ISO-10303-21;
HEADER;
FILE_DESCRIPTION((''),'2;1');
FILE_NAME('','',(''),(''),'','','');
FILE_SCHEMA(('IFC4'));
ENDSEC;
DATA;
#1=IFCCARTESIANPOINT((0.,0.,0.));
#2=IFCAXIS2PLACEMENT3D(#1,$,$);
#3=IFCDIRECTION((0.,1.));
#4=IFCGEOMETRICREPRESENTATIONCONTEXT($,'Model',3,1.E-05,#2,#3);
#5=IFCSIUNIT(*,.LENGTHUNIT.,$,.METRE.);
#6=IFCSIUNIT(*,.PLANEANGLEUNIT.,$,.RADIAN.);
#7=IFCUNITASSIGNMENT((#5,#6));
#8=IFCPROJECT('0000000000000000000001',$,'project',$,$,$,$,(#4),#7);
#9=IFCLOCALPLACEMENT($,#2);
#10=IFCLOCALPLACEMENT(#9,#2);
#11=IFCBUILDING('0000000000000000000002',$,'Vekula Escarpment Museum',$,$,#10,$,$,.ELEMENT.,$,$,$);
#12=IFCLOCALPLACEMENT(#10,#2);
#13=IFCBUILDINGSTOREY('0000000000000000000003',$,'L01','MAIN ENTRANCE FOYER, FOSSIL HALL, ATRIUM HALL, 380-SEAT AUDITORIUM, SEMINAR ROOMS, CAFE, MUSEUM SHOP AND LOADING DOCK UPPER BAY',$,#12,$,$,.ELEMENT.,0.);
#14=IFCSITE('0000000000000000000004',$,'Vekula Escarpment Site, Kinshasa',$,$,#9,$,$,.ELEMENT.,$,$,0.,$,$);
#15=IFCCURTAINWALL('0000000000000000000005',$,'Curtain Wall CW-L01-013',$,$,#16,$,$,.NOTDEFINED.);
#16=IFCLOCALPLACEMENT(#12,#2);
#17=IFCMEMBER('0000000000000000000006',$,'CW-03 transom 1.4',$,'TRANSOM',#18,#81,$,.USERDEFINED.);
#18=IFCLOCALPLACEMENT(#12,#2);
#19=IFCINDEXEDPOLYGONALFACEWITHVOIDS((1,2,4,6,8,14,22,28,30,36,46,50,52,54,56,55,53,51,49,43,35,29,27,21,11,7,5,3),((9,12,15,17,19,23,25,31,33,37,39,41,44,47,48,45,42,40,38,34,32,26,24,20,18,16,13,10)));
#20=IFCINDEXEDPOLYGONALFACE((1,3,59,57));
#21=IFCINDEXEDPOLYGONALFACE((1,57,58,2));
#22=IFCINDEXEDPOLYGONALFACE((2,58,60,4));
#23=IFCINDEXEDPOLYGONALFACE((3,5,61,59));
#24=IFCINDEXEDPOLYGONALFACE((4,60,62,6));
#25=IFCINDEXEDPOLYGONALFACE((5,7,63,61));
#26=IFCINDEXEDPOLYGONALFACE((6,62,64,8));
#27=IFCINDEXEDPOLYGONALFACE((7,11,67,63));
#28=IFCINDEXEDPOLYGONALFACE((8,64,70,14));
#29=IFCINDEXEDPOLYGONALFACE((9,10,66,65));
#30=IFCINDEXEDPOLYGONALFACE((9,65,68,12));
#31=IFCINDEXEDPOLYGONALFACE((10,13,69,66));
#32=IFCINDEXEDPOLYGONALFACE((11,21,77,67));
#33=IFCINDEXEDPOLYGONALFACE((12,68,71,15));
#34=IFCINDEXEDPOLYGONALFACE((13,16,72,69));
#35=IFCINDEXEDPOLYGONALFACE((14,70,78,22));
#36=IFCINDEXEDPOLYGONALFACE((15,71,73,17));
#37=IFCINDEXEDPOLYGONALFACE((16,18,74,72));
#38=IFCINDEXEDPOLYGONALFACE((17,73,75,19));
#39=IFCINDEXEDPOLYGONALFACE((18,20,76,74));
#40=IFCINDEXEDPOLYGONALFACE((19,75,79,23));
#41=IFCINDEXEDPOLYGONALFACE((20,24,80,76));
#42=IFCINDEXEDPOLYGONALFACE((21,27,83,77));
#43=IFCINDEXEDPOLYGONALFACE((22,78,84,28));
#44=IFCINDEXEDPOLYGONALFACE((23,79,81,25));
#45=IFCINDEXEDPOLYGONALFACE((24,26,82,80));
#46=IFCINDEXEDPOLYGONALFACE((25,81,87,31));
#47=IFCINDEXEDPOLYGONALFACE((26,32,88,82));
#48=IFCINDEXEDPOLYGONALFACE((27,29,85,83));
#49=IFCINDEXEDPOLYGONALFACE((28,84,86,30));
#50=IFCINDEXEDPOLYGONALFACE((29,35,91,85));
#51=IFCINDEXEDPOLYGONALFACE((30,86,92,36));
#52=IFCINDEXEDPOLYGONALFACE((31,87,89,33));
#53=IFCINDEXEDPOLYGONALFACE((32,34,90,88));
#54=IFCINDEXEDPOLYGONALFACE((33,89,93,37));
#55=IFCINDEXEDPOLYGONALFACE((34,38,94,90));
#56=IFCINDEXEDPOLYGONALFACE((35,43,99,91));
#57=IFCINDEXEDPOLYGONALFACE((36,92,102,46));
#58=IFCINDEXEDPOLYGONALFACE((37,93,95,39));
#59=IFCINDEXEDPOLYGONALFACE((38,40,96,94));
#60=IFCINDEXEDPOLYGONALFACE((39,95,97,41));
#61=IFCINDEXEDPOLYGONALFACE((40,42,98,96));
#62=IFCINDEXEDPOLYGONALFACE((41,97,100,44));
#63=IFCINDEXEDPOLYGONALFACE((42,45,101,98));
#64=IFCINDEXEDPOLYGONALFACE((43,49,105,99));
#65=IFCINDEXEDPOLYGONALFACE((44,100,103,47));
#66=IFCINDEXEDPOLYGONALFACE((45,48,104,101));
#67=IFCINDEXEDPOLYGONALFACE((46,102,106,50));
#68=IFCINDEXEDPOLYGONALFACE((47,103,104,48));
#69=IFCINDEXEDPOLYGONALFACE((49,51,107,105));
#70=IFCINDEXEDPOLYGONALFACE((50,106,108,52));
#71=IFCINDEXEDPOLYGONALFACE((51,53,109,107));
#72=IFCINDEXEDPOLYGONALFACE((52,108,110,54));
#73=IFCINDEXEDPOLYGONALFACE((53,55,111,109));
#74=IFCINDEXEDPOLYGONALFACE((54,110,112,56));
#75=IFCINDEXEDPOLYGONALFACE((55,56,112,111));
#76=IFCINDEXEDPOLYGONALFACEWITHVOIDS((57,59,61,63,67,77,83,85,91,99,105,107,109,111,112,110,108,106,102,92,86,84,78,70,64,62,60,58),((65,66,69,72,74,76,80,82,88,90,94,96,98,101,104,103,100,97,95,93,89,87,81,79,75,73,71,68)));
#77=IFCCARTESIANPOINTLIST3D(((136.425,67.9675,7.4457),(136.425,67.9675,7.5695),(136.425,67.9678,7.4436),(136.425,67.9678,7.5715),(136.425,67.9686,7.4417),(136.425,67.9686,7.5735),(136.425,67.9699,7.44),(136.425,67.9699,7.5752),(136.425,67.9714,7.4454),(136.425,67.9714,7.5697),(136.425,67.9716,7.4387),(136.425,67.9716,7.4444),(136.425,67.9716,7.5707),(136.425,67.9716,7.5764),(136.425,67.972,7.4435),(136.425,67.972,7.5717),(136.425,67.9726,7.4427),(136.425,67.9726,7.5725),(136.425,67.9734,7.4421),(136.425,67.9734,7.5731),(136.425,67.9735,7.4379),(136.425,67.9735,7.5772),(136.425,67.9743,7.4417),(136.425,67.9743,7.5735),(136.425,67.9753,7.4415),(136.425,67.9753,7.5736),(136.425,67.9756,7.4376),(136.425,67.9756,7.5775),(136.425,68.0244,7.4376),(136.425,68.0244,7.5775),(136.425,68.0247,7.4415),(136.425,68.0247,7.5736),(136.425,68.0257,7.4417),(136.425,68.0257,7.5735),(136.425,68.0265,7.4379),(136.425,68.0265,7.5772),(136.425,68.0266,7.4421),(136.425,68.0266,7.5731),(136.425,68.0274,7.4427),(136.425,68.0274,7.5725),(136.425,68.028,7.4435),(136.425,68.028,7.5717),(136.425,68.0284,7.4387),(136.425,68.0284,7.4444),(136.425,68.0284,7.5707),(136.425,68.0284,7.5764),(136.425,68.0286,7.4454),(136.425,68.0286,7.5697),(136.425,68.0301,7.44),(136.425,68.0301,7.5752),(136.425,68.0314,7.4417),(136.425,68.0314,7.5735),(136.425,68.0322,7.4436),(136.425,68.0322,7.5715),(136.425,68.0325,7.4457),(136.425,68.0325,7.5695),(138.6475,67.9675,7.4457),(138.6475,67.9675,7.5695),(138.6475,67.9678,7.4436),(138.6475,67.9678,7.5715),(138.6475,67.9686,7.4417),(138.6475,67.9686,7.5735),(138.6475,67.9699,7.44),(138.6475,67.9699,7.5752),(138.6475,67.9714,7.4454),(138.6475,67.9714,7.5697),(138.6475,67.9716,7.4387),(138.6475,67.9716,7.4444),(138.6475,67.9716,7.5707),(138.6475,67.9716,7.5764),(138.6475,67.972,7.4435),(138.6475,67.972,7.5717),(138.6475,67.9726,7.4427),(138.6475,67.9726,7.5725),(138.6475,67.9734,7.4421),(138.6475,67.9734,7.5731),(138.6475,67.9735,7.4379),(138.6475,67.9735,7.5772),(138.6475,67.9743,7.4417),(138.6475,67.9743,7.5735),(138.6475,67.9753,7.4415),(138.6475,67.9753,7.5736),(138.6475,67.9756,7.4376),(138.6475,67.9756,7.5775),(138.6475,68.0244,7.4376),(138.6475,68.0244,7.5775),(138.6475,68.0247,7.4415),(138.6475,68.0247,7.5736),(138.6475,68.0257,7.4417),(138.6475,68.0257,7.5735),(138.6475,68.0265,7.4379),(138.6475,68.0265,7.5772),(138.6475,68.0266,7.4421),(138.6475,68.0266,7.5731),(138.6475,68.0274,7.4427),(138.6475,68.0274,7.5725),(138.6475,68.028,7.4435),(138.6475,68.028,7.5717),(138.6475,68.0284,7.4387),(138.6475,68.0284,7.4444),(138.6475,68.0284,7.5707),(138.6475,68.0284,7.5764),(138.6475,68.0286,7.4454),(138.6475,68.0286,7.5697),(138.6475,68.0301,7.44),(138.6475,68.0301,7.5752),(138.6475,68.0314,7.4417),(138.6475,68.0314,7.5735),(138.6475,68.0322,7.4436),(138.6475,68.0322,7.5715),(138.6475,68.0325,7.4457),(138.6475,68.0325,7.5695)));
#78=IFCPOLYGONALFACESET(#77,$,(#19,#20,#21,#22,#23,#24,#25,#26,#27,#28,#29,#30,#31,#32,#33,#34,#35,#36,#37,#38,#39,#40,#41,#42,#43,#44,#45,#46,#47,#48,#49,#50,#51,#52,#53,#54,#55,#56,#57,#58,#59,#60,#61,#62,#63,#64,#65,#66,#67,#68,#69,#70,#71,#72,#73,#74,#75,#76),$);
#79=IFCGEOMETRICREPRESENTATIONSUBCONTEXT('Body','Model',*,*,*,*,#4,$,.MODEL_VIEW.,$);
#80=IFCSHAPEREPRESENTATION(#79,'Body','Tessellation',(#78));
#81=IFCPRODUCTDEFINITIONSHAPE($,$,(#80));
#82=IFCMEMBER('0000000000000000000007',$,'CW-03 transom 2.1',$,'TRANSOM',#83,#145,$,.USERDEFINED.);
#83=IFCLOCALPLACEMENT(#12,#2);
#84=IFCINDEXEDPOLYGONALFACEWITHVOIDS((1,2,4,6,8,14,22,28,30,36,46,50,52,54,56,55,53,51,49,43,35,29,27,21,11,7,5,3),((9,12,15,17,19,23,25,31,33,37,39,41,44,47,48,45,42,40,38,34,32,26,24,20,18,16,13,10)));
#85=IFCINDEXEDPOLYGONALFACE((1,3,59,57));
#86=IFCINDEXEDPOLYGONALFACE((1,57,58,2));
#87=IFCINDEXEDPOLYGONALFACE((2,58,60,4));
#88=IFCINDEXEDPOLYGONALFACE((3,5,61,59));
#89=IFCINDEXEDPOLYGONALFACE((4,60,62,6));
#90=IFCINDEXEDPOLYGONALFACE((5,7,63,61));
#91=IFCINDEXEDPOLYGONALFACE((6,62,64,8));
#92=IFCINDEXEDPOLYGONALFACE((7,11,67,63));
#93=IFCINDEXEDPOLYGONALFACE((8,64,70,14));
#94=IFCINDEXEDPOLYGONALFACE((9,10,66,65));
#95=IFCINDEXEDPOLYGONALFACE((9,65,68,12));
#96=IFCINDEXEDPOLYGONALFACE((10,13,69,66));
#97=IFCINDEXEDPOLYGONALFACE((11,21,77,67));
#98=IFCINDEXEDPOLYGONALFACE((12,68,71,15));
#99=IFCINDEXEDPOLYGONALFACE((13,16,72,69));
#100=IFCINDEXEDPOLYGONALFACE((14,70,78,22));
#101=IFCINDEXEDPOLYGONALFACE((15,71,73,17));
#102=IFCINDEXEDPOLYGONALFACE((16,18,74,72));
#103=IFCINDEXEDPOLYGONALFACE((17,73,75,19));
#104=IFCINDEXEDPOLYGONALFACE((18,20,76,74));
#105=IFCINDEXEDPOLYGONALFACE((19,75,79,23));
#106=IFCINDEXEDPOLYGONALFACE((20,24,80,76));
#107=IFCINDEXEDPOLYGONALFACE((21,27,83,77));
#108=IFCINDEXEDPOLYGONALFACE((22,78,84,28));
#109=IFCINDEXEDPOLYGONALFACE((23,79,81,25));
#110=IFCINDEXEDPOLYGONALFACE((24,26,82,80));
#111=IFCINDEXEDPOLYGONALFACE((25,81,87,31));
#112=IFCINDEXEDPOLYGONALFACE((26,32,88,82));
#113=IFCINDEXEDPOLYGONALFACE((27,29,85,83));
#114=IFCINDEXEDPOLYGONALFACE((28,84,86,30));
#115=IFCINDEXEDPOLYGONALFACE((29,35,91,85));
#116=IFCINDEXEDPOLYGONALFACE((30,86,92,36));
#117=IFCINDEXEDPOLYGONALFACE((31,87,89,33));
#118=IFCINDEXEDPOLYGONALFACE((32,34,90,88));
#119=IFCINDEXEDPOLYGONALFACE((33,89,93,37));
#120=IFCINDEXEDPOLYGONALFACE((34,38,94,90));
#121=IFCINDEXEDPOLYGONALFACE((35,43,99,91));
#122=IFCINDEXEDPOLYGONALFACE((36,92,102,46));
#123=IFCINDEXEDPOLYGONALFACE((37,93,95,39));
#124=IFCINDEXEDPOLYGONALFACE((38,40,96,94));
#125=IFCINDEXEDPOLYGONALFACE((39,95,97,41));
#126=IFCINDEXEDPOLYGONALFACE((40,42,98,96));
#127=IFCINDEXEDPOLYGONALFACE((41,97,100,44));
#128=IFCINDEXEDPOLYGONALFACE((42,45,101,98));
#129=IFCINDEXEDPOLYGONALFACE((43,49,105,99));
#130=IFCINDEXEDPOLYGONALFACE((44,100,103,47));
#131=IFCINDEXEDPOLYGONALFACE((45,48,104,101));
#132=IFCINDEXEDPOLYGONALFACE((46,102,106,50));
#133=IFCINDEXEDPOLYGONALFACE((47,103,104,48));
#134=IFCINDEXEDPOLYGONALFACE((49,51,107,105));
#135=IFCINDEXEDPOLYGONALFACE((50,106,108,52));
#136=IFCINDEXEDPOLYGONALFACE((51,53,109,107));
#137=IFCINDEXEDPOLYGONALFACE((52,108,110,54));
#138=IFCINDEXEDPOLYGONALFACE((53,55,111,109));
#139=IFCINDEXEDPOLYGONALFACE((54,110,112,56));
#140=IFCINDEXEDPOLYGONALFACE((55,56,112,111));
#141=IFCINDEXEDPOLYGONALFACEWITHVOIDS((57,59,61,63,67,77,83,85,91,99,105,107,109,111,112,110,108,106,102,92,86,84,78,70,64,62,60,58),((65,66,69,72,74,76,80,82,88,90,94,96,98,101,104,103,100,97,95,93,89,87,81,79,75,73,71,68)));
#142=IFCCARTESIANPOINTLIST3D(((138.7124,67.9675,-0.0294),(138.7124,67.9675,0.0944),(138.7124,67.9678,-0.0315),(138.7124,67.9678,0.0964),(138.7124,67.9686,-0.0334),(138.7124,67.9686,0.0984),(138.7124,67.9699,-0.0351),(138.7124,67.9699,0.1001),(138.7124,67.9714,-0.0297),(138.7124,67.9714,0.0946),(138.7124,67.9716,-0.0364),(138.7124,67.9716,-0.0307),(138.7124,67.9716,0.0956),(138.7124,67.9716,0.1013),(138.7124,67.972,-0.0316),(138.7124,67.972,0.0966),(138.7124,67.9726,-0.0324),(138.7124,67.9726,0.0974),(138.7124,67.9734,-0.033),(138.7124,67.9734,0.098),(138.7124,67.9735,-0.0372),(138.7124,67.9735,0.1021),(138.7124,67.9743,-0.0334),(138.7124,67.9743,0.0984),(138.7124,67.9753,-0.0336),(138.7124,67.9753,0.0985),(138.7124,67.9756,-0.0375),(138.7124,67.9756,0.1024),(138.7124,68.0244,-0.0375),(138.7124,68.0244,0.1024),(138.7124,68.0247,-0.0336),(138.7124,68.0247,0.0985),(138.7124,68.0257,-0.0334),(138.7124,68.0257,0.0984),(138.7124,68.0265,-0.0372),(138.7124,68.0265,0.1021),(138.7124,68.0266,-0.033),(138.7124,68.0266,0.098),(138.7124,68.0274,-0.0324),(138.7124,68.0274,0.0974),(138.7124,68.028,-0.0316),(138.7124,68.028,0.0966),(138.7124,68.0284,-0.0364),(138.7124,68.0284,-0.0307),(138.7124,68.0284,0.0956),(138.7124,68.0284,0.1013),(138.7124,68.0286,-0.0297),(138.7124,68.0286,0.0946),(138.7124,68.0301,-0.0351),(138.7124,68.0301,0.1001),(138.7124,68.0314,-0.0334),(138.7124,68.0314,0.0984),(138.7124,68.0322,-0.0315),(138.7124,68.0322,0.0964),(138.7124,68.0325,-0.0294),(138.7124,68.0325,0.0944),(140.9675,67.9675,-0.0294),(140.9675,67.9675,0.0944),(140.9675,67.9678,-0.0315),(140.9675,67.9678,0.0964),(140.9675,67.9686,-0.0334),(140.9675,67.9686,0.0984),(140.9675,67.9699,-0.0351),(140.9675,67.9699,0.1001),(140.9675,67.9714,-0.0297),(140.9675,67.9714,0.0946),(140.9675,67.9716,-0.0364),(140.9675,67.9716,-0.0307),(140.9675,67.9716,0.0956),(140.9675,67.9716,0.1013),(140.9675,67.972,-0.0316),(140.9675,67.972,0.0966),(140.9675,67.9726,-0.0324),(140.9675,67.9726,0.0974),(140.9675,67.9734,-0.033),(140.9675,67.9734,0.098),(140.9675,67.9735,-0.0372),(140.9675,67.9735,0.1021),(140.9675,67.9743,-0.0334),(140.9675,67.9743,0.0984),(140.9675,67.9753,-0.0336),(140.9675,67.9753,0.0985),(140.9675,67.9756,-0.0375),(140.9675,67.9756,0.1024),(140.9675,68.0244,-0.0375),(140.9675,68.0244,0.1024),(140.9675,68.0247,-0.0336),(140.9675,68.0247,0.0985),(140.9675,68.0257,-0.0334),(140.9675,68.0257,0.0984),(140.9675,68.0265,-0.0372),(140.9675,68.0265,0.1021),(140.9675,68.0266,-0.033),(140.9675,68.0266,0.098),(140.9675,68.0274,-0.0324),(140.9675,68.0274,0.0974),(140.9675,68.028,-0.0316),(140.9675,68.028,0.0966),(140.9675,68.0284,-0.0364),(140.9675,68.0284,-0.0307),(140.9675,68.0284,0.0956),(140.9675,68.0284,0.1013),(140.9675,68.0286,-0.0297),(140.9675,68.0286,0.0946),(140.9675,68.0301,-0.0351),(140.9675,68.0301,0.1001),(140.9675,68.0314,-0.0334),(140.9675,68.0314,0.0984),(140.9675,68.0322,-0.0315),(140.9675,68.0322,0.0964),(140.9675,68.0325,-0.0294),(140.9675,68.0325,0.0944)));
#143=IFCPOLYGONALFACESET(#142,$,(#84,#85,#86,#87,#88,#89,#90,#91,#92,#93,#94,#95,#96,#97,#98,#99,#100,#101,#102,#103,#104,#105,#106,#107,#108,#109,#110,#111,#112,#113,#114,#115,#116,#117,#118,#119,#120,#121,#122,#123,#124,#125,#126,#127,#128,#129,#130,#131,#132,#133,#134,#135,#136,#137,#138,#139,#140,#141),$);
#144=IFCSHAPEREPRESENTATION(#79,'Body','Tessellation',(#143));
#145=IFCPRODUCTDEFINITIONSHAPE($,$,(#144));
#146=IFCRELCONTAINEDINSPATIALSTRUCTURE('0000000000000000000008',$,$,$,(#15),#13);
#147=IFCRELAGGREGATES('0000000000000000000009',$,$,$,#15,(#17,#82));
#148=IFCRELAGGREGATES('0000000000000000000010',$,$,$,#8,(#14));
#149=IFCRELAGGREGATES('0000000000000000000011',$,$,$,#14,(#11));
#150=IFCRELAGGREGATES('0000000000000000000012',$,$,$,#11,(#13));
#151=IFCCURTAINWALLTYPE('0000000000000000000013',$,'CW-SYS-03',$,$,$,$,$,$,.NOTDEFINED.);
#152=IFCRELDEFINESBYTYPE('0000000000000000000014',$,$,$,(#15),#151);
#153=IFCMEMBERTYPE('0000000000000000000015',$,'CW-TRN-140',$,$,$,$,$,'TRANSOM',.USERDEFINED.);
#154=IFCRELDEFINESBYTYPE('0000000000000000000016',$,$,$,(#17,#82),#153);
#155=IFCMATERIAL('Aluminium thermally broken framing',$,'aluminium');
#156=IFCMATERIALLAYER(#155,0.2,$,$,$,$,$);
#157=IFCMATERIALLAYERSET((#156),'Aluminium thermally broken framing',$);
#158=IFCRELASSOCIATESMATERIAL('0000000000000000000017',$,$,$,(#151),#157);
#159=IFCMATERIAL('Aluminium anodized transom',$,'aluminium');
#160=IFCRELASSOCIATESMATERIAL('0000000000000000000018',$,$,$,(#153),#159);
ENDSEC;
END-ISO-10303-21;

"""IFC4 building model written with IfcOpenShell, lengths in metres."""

from ifc_helpers import new_model, si_unit, direction, frame, origin, origin_2d, place, context, subcontext, project, spatial, hollow_rectangle, extrude, material, layer, layer_set, material_profile, profile_set, type_object, element, aggregate, save


model = new_model("IFC4")

# Units and contexts
model_context = context("Model", 3, precision=1e-05, world=origin(), true_north=direction((0.0, 1.0)))
body_context = subcontext(model_context, "Body", "Model", "MODEL_VIEW")
ifc_project = project(units=[si_unit("LENGTHUNIT", "METRE"), si_unit("PLANEANGLEUNIT", "RADIAN")], contexts=[model_context])

# Site, building, storey
site_placement = place(None, origin())
site = spatial("IfcSite", under=ifc_project, at=site_placement, Name="Vekula Escarpment Site, Kinshasa", CompositionType="ELEMENT", RefElevation=0.0)
building_placement = place(site_placement, origin())
building = spatial("IfcBuilding", under=site, at=building_placement, Name="Vekula Escarpment Museum", CompositionType="ELEMENT")
storey_placement = place(building_placement, origin())
storey = spatial("IfcBuildingStorey", under=building, at=storey_placement, Name="L01", Description="MAIN ENTRANCE FOYER, FOSSIL HALL, ATRIUM HALL, 380-SEAT AUDITORIUM, SEMINAR ROOMS, CAFE, MUSEUM SHOP AND LOADING DOCK UPPER BAY", CompositionType="ELEMENT", Elevation=0.0)

# Curtain wall, members
ifc_material_1 = material(Name="Aluminium thermally broken framing", Category="aluminium")
ifc_layer_1 = layer(ifc_material_1, 0.2)
ifc_layer_set_1 = layer_set([ifc_layer_1], Name="Aluminium thermally broken framing")
curtain_wall_type = type_object("IfcCurtainWallType", Name="CW-SYS-03", PredefinedType="NOTDEFINED", material=ifc_layer_set_1)
curtain_wall_placement = place(storey_placement, origin())
curtain_wall = element("IfcCurtainWall", 1, at=curtain_wall_placement, inside=storey, type_object=curtain_wall_type, Name="Curtain Wall CW-L01-013", PredefinedType="NOTDEFINED")
ifc_material_2 = material(Name="Aluminium anodized transom", Category="aluminium")
ifc_material_profile_1 = material_profile(ifc_material_2, hollow_rectangle(XDim=0.0649, YDim=0.1399, WallThickness=0.0039, InnerFilletRadius=0.0039, OuterFilletRadius=0.0081, at=origin_2d()), Name="ALU 140x65x4")
ifc_profile_set_1 = profile_set([ifc_material_profile_1], Name="Aluminium anodized transom")
member_type_1 = type_object("IfcMemberType", Name="CW-TRN-140", ElementType="TRANSOM", PredefinedType="USERDEFINED", material=ifc_profile_set_1)
member_1_placement = place(storey_placement, frame((136.425, 68.0, 7.5076), z_axis=(1.0, 0.0, 0.0), x_axis=(0.0, 1.0, 0.0)))
member_1 = element("IfcMember", 2, at=member_1_placement, type_object=member_type_1, Name="CW-03 transom 1.4", ObjectType="TRANSOM", PredefinedType="USERDEFINED", context=body_context, shape_type="SweptSolid", body=[
    extrude(hollow_rectangle(XDim=0.0649, YDim=0.1399, WallThickness=0.0039, InnerFilletRadius=0.0039, OuterFilletRadius=0.0081, at=origin_2d()), origin(), (0.0, 0.0, 1.0), 2.2224),
])
member_2_placement = place(storey_placement, frame((138.7124, 68.0, 0.0325), z_axis=(1.0, 0.0, 0.0), x_axis=(0.0, 1.0, 0.0)))
member_2 = element("IfcMember", 3, at=member_2_placement, type_object=member_type_1, Name="CW-03 transom 2.1", ObjectType="TRANSOM", PredefinedType="USERDEFINED", context=body_context, shape_type="SweptSolid", body=[
    extrude(hollow_rectangle(XDim=0.0649, YDim=0.1399, WallThickness=0.0039, InnerFilletRadius=0.0039, OuterFilletRadius=0.0081, at=origin_2d()), origin(), (0.0, 0.0, 1.0), 2.2551),
])
aggregate(curtain_wall, [member_1, member_2])

save(model, "model.ifc")
